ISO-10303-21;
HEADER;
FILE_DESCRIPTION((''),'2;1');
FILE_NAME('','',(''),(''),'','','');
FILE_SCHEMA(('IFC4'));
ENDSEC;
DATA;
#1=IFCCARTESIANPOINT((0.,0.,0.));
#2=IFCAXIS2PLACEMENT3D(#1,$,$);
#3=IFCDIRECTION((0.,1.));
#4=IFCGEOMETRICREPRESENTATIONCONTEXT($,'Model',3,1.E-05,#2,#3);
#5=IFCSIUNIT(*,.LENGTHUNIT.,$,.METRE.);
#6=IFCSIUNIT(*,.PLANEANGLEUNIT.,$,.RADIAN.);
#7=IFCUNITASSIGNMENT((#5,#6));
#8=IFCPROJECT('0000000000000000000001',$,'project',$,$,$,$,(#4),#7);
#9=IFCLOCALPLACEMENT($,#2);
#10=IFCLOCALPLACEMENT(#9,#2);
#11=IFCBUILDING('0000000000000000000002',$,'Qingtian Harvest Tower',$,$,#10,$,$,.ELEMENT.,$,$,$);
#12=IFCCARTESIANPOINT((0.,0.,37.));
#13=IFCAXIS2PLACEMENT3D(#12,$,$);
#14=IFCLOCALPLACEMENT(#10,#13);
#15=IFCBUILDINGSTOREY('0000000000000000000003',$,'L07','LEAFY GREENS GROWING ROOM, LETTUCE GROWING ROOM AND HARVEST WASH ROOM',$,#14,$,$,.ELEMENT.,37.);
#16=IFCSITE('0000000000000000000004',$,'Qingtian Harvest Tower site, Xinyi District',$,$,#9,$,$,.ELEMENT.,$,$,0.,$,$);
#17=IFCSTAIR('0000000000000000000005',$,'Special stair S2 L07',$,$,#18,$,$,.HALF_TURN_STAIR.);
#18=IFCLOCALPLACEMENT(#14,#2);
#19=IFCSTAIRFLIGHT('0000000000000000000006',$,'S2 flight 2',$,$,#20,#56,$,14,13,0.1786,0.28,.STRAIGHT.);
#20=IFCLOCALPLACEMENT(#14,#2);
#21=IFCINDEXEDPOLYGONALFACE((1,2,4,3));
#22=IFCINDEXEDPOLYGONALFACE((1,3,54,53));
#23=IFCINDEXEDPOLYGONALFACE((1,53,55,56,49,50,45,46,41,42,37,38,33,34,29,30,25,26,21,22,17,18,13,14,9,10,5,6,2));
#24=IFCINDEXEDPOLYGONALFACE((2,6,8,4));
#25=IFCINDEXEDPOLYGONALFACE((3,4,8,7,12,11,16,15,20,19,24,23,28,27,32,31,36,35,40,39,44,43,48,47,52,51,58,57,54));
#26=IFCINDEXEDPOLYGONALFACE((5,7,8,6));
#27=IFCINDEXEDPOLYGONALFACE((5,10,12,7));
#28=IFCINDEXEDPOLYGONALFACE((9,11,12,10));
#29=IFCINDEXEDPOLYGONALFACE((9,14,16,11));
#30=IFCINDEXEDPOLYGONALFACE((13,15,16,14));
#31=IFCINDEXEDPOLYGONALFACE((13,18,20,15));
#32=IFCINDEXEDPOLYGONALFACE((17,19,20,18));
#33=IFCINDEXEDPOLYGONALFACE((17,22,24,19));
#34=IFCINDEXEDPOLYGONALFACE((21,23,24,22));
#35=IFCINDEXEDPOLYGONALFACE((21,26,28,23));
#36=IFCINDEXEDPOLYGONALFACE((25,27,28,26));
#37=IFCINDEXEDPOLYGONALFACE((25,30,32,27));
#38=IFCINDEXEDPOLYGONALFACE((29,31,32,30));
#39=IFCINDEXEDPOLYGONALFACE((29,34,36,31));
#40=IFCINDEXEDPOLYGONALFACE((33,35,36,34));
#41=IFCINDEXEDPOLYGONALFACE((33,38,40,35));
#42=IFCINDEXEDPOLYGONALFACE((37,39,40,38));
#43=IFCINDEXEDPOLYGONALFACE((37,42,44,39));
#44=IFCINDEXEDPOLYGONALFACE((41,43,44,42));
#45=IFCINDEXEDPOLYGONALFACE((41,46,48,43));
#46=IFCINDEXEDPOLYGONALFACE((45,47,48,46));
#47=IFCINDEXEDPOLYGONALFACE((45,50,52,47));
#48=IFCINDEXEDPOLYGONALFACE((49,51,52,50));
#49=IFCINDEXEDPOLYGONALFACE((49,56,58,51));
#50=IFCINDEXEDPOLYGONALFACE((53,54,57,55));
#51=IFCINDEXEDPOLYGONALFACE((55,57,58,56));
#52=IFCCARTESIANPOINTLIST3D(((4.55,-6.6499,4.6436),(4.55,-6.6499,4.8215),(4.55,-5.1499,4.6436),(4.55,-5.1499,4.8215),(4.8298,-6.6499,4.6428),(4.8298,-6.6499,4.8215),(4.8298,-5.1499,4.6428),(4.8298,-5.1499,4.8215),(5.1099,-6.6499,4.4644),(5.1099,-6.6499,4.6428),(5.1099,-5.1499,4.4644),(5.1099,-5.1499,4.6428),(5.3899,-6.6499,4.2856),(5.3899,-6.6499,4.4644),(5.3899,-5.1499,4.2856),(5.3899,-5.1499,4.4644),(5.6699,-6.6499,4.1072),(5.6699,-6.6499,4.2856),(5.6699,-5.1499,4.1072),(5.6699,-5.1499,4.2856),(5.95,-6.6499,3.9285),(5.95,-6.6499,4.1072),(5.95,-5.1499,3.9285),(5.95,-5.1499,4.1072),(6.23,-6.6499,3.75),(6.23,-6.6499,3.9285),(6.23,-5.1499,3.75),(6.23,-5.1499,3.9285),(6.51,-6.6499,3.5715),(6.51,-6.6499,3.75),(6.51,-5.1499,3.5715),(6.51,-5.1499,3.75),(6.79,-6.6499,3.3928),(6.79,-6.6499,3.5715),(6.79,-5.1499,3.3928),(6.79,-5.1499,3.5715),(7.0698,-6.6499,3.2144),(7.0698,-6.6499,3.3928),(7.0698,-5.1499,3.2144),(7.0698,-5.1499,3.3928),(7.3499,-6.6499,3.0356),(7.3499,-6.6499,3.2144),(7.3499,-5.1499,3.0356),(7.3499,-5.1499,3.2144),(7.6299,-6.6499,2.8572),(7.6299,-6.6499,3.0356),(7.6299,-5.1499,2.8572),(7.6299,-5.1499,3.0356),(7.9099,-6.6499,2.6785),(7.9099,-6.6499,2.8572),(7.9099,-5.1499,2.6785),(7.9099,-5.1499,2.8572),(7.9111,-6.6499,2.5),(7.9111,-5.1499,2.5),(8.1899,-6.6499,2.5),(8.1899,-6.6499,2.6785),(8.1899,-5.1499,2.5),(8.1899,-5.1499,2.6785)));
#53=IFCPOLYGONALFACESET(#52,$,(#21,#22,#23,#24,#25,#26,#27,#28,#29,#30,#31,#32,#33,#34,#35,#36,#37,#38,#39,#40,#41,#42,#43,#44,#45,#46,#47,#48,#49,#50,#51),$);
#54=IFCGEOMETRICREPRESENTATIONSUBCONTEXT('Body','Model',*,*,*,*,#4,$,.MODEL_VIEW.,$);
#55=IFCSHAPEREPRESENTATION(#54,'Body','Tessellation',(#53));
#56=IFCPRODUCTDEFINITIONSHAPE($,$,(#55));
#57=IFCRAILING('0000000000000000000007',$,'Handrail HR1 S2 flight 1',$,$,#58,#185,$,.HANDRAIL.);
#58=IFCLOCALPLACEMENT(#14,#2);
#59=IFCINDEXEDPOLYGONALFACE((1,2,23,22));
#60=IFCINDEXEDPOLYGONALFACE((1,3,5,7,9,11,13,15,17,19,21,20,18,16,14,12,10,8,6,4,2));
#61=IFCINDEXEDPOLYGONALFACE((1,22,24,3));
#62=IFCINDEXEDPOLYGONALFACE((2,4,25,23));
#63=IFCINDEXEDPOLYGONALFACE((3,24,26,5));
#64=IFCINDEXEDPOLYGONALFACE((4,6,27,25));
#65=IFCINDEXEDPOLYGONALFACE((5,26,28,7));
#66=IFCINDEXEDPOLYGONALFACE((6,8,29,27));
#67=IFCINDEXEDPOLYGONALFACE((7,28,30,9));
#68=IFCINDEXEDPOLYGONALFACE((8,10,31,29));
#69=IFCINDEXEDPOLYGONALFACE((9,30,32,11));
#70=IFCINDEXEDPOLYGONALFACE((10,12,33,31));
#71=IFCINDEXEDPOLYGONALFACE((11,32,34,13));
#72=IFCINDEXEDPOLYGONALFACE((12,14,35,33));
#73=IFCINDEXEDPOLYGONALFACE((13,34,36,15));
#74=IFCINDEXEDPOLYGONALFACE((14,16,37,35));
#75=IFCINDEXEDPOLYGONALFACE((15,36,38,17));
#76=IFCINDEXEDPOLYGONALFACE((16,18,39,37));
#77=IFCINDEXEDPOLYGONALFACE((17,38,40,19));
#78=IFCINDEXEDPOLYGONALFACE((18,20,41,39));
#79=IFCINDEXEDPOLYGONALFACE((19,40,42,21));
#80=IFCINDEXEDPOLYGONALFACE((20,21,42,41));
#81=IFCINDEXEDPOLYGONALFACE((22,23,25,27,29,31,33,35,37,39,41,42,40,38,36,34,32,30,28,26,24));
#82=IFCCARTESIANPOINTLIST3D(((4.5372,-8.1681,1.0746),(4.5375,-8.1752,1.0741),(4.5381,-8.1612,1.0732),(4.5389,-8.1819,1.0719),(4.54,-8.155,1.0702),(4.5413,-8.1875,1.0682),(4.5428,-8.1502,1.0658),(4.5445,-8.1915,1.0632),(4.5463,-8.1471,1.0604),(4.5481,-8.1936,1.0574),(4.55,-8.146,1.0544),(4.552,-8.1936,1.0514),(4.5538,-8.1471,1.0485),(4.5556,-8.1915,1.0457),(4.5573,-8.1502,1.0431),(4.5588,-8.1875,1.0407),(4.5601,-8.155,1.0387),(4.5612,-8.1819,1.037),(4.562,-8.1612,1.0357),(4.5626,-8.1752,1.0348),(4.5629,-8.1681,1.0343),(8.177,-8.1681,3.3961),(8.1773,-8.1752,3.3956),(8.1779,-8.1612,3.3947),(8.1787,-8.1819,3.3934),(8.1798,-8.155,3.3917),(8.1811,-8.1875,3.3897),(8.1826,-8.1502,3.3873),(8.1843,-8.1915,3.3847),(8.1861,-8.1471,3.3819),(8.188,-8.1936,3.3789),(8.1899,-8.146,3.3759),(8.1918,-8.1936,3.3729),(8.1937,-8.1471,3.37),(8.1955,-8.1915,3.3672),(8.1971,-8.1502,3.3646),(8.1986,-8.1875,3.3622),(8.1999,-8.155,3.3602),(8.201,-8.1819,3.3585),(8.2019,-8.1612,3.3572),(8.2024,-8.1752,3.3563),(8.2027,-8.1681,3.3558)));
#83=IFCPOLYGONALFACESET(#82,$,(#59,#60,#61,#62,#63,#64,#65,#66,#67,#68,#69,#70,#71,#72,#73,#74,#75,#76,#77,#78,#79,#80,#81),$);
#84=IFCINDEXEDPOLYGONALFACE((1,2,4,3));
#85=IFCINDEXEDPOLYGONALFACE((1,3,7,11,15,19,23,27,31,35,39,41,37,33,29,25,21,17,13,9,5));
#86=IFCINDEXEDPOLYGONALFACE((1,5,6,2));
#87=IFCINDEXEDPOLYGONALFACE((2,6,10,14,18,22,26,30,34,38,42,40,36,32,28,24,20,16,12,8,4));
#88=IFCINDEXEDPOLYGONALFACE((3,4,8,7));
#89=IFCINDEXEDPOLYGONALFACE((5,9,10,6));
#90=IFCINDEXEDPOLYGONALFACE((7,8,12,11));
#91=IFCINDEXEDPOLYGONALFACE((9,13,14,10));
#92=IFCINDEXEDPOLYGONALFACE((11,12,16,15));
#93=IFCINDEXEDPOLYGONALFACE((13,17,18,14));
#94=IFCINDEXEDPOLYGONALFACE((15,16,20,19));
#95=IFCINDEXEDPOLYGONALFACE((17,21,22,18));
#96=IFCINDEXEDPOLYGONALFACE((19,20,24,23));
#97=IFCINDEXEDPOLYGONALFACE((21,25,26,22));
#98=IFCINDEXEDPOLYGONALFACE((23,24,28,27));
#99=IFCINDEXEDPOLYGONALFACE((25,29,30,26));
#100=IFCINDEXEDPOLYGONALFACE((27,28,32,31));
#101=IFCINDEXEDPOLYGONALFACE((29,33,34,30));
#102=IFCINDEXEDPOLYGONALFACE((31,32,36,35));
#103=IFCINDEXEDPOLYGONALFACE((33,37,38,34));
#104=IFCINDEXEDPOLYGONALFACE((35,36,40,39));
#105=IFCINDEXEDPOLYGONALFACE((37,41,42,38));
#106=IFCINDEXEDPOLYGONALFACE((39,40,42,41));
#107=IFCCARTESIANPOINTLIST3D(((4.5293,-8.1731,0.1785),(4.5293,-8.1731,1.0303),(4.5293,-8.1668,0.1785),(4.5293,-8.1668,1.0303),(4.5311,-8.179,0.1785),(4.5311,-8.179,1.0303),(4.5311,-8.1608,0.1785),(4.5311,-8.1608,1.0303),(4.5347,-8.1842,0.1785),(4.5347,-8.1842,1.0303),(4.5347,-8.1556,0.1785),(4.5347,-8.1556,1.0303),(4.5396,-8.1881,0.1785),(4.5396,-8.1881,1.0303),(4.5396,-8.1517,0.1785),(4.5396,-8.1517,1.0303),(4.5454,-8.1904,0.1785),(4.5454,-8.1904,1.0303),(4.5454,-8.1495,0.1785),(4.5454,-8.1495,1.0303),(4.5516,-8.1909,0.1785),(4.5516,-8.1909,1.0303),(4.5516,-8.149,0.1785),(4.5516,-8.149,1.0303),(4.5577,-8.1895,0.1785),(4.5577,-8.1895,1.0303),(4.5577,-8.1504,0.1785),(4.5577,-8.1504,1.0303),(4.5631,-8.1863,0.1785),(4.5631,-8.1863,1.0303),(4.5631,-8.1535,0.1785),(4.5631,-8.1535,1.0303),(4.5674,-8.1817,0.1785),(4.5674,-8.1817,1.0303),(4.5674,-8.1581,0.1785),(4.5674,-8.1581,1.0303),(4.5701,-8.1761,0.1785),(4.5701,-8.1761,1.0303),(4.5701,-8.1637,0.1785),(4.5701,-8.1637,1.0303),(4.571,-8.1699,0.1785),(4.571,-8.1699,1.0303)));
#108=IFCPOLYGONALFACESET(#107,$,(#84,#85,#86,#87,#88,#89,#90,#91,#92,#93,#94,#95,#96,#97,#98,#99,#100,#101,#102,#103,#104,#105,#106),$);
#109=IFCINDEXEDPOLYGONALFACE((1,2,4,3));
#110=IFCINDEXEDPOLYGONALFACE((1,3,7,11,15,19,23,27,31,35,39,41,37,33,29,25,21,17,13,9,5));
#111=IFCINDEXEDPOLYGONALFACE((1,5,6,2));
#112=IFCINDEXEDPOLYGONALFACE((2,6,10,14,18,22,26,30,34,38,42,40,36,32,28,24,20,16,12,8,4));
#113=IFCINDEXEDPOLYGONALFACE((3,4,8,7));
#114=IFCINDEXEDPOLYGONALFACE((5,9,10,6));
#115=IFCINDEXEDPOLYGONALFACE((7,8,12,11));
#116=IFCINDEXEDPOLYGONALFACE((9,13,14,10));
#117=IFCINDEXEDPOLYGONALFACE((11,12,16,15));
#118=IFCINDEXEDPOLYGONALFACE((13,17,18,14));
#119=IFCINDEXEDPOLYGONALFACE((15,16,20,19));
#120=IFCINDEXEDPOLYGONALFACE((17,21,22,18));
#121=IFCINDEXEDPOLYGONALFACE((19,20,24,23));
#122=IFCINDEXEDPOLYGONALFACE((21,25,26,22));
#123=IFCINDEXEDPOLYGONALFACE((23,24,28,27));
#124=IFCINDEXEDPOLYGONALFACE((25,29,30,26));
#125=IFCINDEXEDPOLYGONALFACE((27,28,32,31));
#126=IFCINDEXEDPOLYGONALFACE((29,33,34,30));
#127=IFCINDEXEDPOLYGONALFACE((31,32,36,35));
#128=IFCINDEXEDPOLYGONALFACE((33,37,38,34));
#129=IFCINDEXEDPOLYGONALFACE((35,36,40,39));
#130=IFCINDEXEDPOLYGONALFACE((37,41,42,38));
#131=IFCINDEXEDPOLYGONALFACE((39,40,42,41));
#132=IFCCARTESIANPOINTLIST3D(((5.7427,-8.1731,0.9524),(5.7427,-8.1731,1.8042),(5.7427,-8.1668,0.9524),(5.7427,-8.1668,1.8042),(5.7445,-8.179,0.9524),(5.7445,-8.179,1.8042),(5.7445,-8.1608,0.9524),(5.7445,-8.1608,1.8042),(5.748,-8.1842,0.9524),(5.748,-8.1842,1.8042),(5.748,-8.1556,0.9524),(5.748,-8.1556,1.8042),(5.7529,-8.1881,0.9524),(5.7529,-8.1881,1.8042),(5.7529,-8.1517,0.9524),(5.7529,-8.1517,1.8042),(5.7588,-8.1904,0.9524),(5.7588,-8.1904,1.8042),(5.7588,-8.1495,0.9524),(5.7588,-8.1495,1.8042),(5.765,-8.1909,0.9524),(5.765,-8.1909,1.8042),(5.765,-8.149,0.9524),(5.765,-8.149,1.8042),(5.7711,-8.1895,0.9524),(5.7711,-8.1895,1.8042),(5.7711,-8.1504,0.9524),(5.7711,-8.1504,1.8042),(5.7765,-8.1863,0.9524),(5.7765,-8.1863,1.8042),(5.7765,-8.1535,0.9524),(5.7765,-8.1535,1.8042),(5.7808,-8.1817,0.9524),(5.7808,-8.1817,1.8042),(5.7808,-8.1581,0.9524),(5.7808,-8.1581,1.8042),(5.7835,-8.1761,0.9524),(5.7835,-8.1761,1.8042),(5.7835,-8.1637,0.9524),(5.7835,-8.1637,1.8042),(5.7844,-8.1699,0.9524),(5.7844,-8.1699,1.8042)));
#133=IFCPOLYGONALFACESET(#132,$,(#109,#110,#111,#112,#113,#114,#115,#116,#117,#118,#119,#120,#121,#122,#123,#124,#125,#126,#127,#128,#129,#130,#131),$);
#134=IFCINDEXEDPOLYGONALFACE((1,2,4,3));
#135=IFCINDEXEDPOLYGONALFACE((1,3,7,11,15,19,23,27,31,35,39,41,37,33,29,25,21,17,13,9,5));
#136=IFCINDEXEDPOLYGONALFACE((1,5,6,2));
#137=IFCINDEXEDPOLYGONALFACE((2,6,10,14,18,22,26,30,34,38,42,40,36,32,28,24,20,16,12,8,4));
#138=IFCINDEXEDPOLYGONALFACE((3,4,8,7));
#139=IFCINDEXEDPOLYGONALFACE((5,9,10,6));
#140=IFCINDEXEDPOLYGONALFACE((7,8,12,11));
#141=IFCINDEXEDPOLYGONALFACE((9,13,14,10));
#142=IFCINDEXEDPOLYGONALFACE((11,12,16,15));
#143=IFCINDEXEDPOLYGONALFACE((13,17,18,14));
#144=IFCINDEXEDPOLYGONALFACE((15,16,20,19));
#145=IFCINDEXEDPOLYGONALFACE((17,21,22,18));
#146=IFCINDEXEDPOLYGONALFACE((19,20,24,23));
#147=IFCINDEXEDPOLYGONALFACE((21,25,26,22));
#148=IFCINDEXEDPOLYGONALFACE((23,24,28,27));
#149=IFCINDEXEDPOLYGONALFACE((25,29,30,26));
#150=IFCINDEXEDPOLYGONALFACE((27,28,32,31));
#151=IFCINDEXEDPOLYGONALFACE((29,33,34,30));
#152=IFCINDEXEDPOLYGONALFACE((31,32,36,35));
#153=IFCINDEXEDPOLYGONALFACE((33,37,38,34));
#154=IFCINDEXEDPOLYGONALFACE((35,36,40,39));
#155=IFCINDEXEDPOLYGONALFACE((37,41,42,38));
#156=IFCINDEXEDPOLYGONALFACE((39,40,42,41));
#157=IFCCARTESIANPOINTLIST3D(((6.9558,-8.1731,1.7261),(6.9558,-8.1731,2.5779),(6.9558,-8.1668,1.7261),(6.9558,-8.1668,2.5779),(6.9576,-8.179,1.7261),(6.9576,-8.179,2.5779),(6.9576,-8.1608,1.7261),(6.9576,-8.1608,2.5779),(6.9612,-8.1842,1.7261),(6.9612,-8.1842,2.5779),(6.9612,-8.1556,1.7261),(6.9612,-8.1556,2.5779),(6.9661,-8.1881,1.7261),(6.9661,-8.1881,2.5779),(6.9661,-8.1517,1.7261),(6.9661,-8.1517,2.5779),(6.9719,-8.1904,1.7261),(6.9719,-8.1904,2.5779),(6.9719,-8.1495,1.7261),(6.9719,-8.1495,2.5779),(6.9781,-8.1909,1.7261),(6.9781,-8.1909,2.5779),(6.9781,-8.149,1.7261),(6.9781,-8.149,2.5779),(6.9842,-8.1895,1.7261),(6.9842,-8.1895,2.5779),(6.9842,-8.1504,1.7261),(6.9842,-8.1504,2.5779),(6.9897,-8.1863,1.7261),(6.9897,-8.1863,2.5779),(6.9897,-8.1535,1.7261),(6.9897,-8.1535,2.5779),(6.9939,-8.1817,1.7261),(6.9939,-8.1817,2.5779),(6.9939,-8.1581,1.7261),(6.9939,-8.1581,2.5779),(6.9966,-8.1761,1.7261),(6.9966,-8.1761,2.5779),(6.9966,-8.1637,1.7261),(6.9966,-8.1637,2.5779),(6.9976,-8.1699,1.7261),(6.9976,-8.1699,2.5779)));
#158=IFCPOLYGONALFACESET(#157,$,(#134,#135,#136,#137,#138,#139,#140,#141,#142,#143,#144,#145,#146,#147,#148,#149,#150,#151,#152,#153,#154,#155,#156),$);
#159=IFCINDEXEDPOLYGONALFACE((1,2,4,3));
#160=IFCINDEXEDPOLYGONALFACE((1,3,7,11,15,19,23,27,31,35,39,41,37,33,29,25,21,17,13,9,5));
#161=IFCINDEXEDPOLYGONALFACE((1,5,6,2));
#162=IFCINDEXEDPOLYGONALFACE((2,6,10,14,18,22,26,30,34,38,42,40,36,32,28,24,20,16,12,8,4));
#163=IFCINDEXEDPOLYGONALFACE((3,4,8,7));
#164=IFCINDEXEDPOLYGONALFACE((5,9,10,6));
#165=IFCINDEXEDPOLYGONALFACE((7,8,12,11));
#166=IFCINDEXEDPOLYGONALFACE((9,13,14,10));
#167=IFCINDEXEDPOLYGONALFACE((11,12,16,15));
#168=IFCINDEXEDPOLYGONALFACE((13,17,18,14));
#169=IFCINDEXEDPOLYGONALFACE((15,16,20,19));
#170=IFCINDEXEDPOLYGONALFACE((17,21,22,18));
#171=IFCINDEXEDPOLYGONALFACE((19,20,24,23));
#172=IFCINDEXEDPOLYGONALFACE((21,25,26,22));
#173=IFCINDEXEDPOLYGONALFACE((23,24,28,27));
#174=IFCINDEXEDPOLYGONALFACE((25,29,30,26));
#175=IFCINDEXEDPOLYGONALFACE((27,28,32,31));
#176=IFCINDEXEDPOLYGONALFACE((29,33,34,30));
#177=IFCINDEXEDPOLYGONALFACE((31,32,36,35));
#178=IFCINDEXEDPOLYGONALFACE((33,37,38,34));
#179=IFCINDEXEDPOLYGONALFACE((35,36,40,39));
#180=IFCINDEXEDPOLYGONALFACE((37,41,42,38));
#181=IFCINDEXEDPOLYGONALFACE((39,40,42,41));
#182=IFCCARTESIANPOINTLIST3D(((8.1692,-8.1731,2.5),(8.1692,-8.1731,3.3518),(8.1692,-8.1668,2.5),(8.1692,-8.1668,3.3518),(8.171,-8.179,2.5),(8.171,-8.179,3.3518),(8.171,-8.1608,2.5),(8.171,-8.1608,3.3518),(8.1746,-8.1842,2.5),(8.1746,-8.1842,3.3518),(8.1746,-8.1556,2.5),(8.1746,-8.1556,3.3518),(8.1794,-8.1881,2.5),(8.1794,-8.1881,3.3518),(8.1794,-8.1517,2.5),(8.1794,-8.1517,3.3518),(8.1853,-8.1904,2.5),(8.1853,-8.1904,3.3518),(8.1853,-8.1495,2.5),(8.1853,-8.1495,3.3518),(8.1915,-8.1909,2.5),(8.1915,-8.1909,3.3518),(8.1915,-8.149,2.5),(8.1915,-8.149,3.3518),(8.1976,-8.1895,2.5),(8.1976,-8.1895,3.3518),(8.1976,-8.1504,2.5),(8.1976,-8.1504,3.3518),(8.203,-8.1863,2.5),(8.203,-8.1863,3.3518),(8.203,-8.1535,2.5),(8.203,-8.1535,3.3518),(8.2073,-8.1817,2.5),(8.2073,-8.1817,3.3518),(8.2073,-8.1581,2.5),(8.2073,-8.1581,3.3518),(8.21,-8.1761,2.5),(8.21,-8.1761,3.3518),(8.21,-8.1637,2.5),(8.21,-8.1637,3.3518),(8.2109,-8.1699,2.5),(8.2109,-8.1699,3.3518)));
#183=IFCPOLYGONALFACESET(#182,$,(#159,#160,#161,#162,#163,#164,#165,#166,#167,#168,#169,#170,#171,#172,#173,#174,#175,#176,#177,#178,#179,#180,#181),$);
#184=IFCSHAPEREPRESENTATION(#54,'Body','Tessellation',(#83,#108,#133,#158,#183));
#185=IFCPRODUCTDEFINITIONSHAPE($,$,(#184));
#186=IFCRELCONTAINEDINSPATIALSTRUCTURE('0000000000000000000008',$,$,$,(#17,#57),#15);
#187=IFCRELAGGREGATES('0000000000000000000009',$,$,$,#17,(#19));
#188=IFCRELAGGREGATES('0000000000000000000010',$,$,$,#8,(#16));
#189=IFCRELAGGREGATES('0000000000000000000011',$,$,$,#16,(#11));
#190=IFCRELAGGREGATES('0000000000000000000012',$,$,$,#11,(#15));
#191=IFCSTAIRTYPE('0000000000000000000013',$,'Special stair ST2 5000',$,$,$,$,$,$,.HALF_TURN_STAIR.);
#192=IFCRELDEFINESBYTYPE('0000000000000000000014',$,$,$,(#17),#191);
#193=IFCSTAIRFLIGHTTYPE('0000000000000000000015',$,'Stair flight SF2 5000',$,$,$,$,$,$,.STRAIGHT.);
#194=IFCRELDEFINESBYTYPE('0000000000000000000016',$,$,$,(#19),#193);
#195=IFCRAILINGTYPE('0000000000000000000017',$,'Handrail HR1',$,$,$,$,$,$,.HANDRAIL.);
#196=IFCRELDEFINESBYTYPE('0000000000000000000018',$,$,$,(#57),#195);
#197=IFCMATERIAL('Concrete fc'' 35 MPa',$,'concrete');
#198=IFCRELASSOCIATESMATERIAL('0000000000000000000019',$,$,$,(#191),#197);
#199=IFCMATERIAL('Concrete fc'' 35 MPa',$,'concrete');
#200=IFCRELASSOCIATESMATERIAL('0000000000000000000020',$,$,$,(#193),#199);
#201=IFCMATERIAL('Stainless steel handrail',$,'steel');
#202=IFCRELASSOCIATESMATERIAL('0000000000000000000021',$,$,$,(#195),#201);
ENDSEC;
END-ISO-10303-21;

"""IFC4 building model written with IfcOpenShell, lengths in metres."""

from ifc_helpers import new_model, si_unit, direction, frame, origin, origin_2d, place, context, subcontext, project, spatial, polyline, circle, outline, extrude, material, type_object, element, aggregate, save


model = new_model("IFC4")

# Units and contexts
model_context = context("Model", 3, precision=1e-05, world=origin(), true_north=direction((0.0, 1.0)))
body_context = subcontext(model_context, "Body", "Model", "MODEL_VIEW")
ifc_project = project(units=[si_unit("LENGTHUNIT", "METRE"), si_unit("PLANEANGLEUNIT", "RADIAN")], contexts=[model_context])

# Site, building, storey
site_placement = place(None, origin())
site = spatial("IfcSite", under=ifc_project, at=site_placement, Name="Qingtian Harvest Tower site, Xinyi District", CompositionType="ELEMENT", RefElevation=0.0)
building_placement = place(site_placement, origin())
building = spatial("IfcBuilding", under=site, at=building_placement, Name="Qingtian Harvest Tower", CompositionType="ELEMENT")
storey_placement = place(building_placement, frame((0.0, 0.0, 37.0)))
storey = spatial("IfcBuildingStorey", under=building, at=storey_placement, Name="L07", Description="LEAFY GREENS GROWING ROOM, LETTUCE GROWING ROOM AND HARVEST WASH ROOM", CompositionType="ELEMENT", Elevation=37.0)

# Stair, stair flight
ifc_material_1 = material(Name="Concrete fc' 35 MPa", Category="concrete")
stair_type = type_object("IfcStairType", Name="Special stair ST2 5000", PredefinedType="HALF_TURN_STAIR", material=ifc_material_1)
stair_placement = place(storey_placement, origin())
stair = element("IfcStair", 1, at=stair_placement, inside=storey, type_object=stair_type, Name="Special stair S2 L07", PredefinedType="HALF_TURN_STAIR")
ifc_material_2 = material(Name="Concrete fc' 35 MPa", Category="concrete")
stair_flight_type = type_object("IfcStairFlightType", Name="Stair flight SF2 5000", PredefinedType="STRAIGHT", material=ifc_material_2)
stair_flight_1_placement = place(storey_placement, frame((8.1899, -5.8999, 2.5), z_axis=(0.0, 0.0, 1.0), x_axis=(-1.0, 0.0, 0.0)))
stair_flight_1 = element("IfcStairFlight", 2, at=stair_flight_1_placement, type_object=stair_flight_type, Name="S2 flight 2", NumberOfRisers=14, NumberOfTreads=13, PredefinedType="STRAIGHT", RiserHeight=0.1786, TreadLength=0.28, context=body_context, shape_type="SweptSolid", body=[
    extrude(outline(polyline([(0.0, 0.0), (0.0, 0.1785), (0.28, 0.1785), (0.28, 0.3572), (0.5601, 0.3572), (0.5601, 0.5356), (0.8401, 0.5356), (0.8401, 0.7144), (1.1201, 0.7144), (1.1201, 0.8928), (1.3999, 0.8928), (1.3999, 1.0715), (1.6799, 1.0715), (1.6799, 1.25), (1.96, 1.25), (1.96, 1.4285), (2.24, 1.4285), (2.24, 1.6072), (2.52, 1.6072), (2.52, 1.7856), (2.8, 1.7856), (2.8, 1.9644), (3.0801, 1.9644), (3.0801, 2.1428), (3.3601, 2.1428), (3.3601, 2.3215), (3.6399, 2.3215), (3.6399, 2.5), (3.6399, 2.1436), (0.2788, 0.0), (0.0, 0.0)])), frame((0.0, 0.75, 0.0), z_axis=(0.0, -1.0, 0.0), x_axis=(1.0, 0.0, 0.0)), (0.0, 0.0, 1.0), 1.5),
])
aggregate(stair, [stair_flight_1])

# Railing
ifc_material_3 = material(Name="Stainless steel handrail", Category="steel")
railing_type = type_object("IfcRailingType", Name="Handrail HR1", PredefinedType="HANDRAIL", material=ifc_material_3)
railing_1_placement = place(storey_placement, frame((4.55, -8.1699, 0.1785)))
element("IfcRailing", 3, at=railing_1_placement, inside=storey, type_object=railing_type, Name="Handrail HR1 S2 flight 1", PredefinedType="HANDRAIL", context=body_context, shape_type="SweptSolid", body=[
    extrude(circle(Radius=0.0239, at=origin_2d()), frame((0.0, 0.0, 0.876), z_axis=(0.843112, 0.0, 0.537739), x_axis=(0.0, 1.0, 0.0)), (0.0, 0.0, 1.0), 4.3171),
    extrude(circle(Radius=0.021, at=origin_2d()), origin(), (0.0, 0.0, 1.0), 0.8518),
    extrude(circle(Radius=0.021, at=origin_2d()), frame((1.2134, 0.0, 0.7739)), (0.0, 0.0, 1.0), 0.8518),
    extrude(circle(Radius=0.021, at=origin_2d()), frame((2.4265, 0.0, 1.5476)), (0.0, 0.0, 1.0), 0.8518),
    extrude(circle(Radius=0.021, at=origin_2d()), frame((3.6399, 0.0, 2.3215)), (0.0, 0.0, 1.0), 0.8518),
])

save(model, "model.ifc")
